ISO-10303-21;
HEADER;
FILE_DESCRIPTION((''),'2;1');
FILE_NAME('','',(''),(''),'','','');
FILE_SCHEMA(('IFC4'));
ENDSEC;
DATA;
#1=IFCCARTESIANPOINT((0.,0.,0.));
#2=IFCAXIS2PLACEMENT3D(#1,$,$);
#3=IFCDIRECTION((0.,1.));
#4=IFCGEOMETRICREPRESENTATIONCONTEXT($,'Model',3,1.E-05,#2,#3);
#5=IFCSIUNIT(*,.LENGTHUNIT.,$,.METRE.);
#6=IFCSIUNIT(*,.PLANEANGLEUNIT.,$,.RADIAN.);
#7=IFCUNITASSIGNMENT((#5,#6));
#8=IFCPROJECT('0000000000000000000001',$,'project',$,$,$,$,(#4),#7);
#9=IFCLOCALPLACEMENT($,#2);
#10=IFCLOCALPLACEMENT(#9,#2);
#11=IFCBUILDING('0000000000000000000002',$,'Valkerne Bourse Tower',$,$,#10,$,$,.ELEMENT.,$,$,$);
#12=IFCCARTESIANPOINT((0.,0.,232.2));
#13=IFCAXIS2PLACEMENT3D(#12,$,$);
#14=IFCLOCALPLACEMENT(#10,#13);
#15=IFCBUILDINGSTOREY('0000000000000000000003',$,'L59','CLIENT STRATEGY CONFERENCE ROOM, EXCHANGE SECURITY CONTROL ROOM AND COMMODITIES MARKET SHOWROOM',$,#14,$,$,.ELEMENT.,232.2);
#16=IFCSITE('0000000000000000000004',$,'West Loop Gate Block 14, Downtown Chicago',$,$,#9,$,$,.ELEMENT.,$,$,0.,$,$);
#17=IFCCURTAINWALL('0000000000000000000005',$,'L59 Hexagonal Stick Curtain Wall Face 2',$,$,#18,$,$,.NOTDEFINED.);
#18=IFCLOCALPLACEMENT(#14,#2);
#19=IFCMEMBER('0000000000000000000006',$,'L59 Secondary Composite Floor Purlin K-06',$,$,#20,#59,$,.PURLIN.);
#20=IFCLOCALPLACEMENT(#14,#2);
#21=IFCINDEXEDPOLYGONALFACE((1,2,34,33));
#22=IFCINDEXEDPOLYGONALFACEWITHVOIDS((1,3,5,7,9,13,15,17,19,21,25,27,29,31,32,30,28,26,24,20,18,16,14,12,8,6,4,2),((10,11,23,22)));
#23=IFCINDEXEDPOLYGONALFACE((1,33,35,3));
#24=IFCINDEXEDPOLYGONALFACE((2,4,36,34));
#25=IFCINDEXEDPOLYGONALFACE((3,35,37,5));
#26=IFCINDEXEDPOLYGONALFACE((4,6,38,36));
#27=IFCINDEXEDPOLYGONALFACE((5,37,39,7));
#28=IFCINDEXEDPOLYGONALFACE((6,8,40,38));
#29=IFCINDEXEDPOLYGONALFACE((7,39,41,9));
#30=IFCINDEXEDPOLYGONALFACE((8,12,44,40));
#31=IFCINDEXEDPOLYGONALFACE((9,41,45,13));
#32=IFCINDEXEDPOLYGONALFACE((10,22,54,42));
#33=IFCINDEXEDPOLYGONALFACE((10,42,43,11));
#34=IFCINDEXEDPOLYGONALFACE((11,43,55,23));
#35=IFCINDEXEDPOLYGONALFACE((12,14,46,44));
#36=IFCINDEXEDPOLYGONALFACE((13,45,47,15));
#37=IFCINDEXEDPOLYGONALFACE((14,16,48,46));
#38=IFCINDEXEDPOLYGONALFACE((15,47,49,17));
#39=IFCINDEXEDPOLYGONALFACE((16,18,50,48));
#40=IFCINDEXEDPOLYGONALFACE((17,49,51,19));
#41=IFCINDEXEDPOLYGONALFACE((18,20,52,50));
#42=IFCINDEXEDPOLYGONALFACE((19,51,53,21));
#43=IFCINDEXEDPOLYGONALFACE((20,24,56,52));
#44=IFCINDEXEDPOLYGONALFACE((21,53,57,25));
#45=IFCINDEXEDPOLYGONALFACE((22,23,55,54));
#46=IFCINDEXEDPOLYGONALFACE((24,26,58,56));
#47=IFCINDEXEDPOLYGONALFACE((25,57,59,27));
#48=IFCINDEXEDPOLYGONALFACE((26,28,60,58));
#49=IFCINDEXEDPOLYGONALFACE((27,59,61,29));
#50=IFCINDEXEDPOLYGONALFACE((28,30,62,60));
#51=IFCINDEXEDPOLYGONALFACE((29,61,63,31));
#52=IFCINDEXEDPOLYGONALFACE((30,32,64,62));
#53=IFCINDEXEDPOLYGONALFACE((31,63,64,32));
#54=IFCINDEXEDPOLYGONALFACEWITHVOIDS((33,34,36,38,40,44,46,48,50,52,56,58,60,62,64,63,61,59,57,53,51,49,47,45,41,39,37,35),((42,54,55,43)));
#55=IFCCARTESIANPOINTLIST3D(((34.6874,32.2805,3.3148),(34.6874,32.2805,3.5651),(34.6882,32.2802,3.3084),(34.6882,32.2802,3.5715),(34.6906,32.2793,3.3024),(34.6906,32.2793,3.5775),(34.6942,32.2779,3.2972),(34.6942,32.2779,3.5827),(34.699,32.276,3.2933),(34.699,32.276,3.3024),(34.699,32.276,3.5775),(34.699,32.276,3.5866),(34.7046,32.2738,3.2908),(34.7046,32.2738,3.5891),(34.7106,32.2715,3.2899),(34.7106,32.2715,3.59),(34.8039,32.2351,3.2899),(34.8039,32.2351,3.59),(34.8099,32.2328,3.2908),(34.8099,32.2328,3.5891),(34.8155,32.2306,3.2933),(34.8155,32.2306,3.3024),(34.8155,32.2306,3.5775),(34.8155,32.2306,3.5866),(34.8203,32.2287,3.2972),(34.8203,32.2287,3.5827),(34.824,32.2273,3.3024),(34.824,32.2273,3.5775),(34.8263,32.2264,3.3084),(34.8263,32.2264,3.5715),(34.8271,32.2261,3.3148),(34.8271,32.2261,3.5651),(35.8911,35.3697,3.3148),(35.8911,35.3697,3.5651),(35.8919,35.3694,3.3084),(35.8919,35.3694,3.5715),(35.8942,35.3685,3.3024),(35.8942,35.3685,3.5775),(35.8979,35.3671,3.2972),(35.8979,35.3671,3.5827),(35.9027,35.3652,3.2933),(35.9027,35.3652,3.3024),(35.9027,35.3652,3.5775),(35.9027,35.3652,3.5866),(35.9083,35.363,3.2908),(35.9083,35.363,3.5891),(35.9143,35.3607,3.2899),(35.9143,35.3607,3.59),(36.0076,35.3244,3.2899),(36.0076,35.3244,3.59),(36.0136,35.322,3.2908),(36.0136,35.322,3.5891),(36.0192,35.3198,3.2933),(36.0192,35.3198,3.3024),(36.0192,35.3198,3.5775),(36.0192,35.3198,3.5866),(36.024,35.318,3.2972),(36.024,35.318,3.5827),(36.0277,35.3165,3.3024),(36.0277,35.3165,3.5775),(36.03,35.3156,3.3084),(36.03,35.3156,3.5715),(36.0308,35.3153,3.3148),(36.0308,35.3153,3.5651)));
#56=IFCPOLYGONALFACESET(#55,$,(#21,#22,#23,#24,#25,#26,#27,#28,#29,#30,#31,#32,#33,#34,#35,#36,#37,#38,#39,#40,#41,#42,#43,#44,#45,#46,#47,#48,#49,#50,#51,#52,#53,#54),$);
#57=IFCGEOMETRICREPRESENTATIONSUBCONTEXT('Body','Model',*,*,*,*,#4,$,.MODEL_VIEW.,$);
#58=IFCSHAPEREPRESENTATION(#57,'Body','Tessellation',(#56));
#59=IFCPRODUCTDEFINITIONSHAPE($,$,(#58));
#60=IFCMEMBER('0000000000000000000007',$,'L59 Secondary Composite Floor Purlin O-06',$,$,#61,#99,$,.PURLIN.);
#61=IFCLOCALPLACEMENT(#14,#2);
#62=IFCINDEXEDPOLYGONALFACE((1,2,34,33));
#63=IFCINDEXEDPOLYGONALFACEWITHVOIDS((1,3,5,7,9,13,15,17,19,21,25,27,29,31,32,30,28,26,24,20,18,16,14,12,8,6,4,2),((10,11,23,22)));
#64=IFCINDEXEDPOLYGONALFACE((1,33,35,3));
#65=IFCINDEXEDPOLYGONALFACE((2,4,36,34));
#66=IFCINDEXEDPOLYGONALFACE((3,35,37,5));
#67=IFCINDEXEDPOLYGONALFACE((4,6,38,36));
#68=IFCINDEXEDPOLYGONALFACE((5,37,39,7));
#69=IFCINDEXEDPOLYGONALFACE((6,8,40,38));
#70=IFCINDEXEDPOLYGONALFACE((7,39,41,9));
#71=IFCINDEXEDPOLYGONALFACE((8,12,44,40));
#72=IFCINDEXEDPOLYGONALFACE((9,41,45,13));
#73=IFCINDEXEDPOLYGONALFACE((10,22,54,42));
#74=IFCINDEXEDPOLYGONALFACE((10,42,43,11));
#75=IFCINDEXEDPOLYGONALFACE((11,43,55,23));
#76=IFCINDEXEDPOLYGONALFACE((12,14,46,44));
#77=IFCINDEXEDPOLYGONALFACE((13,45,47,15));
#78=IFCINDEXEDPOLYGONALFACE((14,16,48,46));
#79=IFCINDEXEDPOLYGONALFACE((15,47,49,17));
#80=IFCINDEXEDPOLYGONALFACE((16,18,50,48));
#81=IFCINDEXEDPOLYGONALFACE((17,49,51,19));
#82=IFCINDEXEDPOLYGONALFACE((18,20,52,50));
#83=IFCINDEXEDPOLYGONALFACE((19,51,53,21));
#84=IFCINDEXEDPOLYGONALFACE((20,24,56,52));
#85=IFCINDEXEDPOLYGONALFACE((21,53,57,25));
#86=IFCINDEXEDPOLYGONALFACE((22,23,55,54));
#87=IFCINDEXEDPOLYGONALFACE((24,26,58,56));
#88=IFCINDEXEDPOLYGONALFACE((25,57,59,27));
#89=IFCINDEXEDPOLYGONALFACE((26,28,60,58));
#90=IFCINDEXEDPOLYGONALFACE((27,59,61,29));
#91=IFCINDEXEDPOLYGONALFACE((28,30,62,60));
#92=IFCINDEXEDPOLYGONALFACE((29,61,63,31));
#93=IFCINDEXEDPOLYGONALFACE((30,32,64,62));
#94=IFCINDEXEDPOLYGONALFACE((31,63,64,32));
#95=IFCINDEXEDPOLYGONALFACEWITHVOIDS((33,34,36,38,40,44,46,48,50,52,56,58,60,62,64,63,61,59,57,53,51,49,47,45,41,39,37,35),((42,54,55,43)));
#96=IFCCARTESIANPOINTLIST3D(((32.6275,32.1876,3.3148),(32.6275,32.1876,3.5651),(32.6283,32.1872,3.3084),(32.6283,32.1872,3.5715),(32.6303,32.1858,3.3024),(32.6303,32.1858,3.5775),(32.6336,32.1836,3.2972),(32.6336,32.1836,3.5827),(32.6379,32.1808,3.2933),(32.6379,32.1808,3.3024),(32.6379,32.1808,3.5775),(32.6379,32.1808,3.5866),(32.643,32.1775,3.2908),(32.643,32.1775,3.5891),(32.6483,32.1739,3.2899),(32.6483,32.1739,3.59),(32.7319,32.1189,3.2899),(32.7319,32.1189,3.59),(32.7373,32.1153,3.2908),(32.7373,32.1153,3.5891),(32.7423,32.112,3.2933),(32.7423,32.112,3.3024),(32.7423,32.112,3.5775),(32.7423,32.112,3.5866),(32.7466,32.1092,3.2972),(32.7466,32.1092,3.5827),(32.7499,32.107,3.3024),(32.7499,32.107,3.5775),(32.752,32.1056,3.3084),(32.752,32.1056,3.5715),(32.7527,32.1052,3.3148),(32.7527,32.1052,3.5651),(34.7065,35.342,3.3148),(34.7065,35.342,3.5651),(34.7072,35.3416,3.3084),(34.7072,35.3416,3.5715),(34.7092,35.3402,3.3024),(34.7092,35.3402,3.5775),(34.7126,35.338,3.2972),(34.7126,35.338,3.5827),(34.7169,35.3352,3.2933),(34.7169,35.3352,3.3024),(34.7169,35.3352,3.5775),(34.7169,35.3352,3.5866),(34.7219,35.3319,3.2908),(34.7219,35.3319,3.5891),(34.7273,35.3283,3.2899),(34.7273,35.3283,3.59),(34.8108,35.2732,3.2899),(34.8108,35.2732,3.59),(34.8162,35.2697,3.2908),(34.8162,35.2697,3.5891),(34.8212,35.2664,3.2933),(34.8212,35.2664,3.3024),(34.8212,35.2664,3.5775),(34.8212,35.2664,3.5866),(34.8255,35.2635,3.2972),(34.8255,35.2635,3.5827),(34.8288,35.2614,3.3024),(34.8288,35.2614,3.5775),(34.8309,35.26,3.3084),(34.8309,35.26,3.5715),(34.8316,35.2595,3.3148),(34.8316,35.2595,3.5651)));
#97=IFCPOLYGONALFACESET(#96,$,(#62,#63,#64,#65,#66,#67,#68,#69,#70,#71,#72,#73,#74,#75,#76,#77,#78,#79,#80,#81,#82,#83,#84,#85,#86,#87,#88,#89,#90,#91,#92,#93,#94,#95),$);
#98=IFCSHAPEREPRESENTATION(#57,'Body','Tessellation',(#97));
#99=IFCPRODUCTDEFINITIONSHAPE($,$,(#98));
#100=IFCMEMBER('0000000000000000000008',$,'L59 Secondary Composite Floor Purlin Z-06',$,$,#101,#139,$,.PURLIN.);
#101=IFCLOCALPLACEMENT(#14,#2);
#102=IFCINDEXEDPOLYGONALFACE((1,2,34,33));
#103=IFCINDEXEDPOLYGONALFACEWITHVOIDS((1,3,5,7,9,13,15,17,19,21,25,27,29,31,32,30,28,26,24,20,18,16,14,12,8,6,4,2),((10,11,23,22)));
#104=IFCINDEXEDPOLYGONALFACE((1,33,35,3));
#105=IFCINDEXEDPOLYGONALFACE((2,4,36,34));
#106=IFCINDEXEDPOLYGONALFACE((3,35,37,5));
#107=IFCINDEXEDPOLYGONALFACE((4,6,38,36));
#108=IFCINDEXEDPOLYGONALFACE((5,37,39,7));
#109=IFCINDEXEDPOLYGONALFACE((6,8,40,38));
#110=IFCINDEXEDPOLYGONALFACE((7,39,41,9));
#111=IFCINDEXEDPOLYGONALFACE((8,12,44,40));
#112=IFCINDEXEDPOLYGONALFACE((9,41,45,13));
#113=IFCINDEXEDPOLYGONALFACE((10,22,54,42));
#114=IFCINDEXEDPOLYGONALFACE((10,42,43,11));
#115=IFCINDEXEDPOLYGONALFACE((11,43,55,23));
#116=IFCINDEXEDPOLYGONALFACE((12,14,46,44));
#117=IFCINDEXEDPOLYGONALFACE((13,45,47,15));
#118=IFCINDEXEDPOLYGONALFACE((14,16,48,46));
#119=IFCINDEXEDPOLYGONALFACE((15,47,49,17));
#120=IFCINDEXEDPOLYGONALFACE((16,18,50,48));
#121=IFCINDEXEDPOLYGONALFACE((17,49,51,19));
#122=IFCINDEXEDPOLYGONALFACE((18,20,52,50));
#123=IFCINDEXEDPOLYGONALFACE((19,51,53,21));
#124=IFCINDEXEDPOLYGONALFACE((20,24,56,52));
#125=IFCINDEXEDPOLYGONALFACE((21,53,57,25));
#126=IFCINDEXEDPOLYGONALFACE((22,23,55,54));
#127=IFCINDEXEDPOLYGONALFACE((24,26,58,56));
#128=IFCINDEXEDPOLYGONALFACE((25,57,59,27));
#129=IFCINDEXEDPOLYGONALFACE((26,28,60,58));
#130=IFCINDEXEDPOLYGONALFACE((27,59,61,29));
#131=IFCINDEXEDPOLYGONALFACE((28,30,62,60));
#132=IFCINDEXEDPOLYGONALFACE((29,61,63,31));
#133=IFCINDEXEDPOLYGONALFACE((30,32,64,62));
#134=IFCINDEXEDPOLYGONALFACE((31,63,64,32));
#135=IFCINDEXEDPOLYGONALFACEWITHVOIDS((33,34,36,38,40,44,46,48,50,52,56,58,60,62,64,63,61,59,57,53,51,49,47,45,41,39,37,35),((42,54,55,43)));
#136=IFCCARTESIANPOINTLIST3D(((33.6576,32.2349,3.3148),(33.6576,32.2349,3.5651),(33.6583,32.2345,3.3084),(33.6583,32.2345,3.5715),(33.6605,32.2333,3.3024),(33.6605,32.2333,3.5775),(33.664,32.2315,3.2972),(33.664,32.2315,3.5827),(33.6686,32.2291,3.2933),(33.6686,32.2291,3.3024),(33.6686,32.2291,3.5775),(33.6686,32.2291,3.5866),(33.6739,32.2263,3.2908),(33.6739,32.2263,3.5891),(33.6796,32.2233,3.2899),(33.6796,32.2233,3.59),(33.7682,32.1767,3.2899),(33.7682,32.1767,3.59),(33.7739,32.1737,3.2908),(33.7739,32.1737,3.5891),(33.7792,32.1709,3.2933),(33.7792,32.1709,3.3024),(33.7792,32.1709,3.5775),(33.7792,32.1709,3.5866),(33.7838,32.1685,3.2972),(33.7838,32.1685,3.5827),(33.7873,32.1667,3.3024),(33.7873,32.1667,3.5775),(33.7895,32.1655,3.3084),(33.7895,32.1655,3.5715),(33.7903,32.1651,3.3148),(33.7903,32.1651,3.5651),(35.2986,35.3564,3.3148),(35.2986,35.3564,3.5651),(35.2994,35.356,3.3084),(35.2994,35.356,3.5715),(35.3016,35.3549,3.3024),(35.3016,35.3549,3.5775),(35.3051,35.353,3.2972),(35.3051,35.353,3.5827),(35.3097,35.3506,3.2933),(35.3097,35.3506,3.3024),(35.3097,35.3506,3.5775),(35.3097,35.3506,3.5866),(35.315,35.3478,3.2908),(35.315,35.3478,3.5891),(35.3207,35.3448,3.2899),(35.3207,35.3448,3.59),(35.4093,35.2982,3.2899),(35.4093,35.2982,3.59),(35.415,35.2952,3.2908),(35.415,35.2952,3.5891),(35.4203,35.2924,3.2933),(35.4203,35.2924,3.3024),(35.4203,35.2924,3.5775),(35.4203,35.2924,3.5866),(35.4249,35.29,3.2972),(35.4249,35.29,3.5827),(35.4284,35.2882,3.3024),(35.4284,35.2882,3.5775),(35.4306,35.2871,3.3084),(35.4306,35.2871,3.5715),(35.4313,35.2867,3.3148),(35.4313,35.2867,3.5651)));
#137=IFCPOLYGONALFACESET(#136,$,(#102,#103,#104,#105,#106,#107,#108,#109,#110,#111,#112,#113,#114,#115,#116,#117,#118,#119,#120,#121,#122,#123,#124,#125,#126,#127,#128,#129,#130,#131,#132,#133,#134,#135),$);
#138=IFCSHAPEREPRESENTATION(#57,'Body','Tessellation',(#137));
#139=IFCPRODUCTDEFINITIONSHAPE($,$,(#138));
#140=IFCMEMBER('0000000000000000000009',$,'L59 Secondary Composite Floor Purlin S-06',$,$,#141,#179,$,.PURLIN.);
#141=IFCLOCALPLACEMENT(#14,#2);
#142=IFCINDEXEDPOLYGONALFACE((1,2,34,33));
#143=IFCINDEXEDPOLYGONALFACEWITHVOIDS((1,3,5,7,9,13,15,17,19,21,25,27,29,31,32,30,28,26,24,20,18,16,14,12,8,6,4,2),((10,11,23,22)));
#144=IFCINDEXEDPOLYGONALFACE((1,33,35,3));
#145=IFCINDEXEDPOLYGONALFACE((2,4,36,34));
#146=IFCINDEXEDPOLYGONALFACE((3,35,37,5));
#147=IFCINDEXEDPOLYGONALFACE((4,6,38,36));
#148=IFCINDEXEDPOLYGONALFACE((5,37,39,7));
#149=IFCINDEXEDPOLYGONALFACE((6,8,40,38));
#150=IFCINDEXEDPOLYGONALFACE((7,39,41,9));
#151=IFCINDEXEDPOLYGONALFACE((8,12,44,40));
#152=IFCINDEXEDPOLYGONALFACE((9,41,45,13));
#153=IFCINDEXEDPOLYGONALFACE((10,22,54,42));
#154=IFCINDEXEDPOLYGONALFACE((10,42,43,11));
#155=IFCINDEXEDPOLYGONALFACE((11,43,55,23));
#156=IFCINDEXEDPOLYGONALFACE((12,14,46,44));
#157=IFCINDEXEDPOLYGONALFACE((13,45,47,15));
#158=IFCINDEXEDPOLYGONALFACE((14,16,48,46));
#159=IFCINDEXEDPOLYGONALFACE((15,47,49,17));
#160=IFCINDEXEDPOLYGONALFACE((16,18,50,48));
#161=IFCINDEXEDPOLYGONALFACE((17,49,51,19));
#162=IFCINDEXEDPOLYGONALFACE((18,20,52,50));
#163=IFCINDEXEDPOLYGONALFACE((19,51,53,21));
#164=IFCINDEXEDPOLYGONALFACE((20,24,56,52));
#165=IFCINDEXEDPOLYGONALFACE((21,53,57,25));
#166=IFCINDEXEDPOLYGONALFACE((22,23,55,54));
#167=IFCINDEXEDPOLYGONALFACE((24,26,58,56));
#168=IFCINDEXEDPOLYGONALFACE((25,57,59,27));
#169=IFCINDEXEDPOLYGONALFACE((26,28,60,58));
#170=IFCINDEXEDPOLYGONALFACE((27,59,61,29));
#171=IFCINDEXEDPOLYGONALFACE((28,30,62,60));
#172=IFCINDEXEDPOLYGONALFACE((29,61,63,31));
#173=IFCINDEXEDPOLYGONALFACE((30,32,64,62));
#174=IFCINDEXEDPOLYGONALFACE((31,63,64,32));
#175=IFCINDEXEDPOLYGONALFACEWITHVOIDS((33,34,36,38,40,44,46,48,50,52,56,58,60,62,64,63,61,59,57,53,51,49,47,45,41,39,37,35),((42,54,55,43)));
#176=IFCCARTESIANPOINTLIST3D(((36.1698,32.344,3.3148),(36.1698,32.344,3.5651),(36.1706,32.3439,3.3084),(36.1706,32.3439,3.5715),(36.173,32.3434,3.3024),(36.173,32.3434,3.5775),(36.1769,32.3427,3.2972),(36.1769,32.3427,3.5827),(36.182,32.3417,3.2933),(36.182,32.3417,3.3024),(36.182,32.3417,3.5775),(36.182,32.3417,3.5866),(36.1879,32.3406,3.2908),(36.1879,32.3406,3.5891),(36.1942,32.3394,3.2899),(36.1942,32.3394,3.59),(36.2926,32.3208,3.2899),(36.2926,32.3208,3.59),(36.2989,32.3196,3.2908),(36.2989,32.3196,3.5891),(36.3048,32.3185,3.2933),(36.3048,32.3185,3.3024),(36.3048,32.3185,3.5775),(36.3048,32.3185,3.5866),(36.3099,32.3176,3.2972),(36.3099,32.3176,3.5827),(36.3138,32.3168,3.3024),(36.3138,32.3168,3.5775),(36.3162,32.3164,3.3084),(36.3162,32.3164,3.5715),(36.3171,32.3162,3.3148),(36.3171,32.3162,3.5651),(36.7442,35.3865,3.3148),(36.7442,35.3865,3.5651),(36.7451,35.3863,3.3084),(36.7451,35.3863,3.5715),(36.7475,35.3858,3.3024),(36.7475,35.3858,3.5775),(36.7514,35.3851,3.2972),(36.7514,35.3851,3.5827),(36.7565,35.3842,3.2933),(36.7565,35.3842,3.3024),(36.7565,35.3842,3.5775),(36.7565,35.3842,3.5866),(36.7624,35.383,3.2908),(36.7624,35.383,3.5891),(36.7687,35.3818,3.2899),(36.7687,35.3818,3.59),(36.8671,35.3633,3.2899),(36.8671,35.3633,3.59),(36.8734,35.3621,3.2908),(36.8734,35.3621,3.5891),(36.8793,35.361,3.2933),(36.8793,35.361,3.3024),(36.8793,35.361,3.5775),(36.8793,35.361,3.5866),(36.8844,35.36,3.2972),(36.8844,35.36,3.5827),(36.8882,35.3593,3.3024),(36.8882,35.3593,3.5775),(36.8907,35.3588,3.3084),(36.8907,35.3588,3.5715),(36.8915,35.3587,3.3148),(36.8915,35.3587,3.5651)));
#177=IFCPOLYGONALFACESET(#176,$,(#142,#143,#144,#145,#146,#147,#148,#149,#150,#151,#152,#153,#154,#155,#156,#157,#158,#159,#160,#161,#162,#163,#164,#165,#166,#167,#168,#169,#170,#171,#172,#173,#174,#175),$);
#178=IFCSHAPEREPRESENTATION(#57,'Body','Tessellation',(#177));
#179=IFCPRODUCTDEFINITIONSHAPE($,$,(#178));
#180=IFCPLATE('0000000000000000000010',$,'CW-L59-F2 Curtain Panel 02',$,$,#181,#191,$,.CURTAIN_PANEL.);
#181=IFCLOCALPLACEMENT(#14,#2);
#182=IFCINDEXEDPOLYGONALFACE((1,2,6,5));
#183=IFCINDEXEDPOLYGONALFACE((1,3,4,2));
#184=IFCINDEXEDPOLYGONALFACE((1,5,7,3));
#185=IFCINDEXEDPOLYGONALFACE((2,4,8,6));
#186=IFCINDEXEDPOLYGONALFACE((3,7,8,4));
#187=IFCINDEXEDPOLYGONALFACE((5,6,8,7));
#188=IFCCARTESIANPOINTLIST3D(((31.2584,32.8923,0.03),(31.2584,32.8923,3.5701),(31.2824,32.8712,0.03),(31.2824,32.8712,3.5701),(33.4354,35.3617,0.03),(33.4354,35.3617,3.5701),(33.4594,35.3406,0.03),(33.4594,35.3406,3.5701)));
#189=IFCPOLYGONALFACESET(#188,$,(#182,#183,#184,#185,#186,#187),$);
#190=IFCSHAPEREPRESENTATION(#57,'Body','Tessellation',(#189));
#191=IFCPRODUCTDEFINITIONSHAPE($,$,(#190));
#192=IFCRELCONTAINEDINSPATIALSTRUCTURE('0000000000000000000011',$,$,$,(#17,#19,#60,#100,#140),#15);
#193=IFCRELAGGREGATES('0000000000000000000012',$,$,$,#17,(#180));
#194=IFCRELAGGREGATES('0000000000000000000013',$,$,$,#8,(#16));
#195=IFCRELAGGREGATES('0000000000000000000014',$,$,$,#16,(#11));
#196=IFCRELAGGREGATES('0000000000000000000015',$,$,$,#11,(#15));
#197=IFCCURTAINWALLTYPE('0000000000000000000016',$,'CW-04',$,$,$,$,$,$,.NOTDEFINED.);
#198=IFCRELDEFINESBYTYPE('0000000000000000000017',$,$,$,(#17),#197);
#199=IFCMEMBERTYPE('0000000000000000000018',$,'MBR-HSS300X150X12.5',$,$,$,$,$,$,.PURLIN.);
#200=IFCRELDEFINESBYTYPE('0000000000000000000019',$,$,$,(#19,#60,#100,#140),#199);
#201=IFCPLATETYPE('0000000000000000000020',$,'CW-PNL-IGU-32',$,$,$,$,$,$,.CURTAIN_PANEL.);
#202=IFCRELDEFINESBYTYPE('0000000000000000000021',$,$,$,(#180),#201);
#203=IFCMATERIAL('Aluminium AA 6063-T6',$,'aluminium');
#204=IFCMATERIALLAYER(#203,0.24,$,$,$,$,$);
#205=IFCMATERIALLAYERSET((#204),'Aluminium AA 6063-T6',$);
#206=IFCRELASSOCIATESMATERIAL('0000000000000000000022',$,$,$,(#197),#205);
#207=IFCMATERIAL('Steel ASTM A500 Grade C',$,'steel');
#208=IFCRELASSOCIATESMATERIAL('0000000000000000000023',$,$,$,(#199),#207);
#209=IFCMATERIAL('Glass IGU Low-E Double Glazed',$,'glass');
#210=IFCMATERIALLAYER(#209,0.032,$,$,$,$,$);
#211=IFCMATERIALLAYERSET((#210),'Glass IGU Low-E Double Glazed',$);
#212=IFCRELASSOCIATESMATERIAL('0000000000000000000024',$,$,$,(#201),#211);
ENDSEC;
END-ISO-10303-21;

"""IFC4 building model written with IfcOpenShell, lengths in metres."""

from ifc_helpers import new_model, si_unit, direction, frame, origin, origin_2d, place, context, subcontext, project, spatial, rectangle, hollow_rectangle, extrude, material, layer, layer_set, material_profile, profile_set, type_object, element, aggregate, save


model = new_model("IFC4")

# Units and contexts
model_context = context("Model", 3, precision=1e-05, world=origin(), true_north=direction((0.0, 1.0)))
body_context = subcontext(model_context, "Body", "Model", "MODEL_VIEW")
ifc_project = project(units=[si_unit("LENGTHUNIT", "METRE"), si_unit("PLANEANGLEUNIT", "RADIAN")], contexts=[model_context])

# Site, building, storey
site_placement = place(None, origin())
site = spatial("IfcSite", under=ifc_project, at=site_placement, Name="West Loop Gate Block 14, Downtown Chicago", CompositionType="ELEMENT", RefElevation=0.0)
building_placement = place(site_placement, origin())
building = spatial("IfcBuilding", under=site, at=building_placement, Name="Valkerne Bourse Tower", CompositionType="ELEMENT")
storey_placement = place(building_placement, frame((0.0, 0.0, 232.2)))
storey = spatial("IfcBuildingStorey", under=building, at=storey_placement, Name="L59", Description="CLIENT STRATEGY CONFERENCE ROOM, EXCHANGE SECURITY CONTROL ROOM AND COMMODITIES MARKET SHOWROOM", CompositionType="ELEMENT", Elevation=232.2)

# Curtain wall
ifc_material_1 = material(Name="Aluminium AA 6063-T6", Category="aluminium")
ifc_layer_1 = layer(ifc_material_1, 0.24)
ifc_layer_set_1 = layer_set([ifc_layer_1], Name="Aluminium AA 6063-T6")
curtain_wall_type = type_object("IfcCurtainWallType", Name="CW-04", PredefinedType="NOTDEFINED", material=ifc_layer_set_1)
curtain_wall_placement = place(storey_placement, origin())
curtain_wall = element("IfcCurtainWall", 1, at=curtain_wall_placement, inside=storey, type_object=curtain_wall_type, Name="L59 Hexagonal Stick Curtain Wall Face 2", PredefinedType="NOTDEFINED")

# Members
ifc_material_2 = material(Name="Steel ASTM A500 Grade C", Category="steel")
ifc_material_profile_1 = material_profile(ifc_material_2, hollow_rectangle(XDim=0.1499, YDim=0.3, WallThickness=0.0125, OuterFilletRadius=0.0249, at=origin_2d()), Name="HSS300X150X12.5")
ifc_profile_set_1 = profile_set([ifc_material_profile_1], Name="Steel ASTM A500 Grade C")
member_type_1 = type_object("IfcMemberType", Name="MBR-HSS300X150X12.5", PredefinedType="PURLIN", material=ifc_profile_set_1)
member_1_placement = place(storey_placement, frame((35.9609, 35.3425, 3.4399), z_axis=(-0.363047, -0.931771, 0.0), x_axis=(0.931771, -0.363047, 0.0)))
element("IfcMember", 2, at=member_1_placement, inside=storey, type_object=member_type_1, Name="L59 Secondary Composite Floor Purlin K-06", PredefinedType="PURLIN", context=body_context, shape_type="SweptSolid", body=[
    extrude(hollow_rectangle(XDim=0.1499, YDim=0.3, WallThickness=0.0125, OuterFilletRadius=0.0249, at=origin_2d()), origin(), (0.0, 0.0, 1.0), 3.3154),
])
member_2_placement = place(storey_placement, frame((34.769, 35.3008, 3.4399), z_axis=(-0.550293, -0.834972, 0.0), x_axis=(0.834972, -0.550293, 0.0)))
element("IfcMember", 3, at=member_2_placement, inside=storey, type_object=member_type_1, Name="L59 Secondary Composite Floor Purlin O-06", PredefinedType="PURLIN", context=body_context, shape_type="SweptSolid", body=[
    extrude(hollow_rectangle(XDim=0.1499, YDim=0.3, WallThickness=0.0125, OuterFilletRadius=0.0249, at=origin_2d()), origin(), (0.0, 0.0, 1.0), 3.7778),
])
member_3_placement = place(storey_placement, frame((35.365, 35.3215, 3.4399), z_axis=(-0.465341, -0.885131, 0.0), x_axis=(0.885131, -0.465341, 0.0)))
element("IfcMember", 4, at=member_3_placement, inside=storey, type_object=member_type_1, Name="L59 Secondary Composite Floor Purlin Z-06", PredefinedType="PURLIN", context=body_context, shape_type="SweptSolid", body=[
    extrude(hollow_rectangle(XDim=0.1499, YDim=0.3, WallThickness=0.0125, OuterFilletRadius=0.0249, at=origin_2d()), origin(), (0.0, 0.0, 1.0), 3.5266),
])
member_4_placement = place(storey_placement, frame((36.8179, 35.3726, 3.4399), z_axis=(-0.185536, -0.982638, 0.0), x_axis=(0.982638, -0.185536, 0.0)))
element("IfcMember", 5, at=member_4_placement, inside=storey, type_object=member_type_1, Name="L59 Secondary Composite Floor Purlin S-06", PredefinedType="PURLIN", context=body_context, shape_type="SweptSolid", body=[
    extrude(hollow_rectangle(XDim=0.1499, YDim=0.3, WallThickness=0.0125, OuterFilletRadius=0.0249, at=origin_2d()), origin(), (0.0, 0.0, 1.0), 3.0962),
])

# Plate
ifc_material_3 = material(Name="Glass IGU Low-E Double Glazed", Category="glass")
ifc_layer_2 = layer(ifc_material_3, 0.032)
ifc_layer_set_2 = layer_set([ifc_layer_2], Name="Glass IGU Low-E Double Glazed")
plate_type = type_object("IfcPlateType", Name="CW-PNL-IGU-32", PredefinedType="CURTAIN_PANEL", material=ifc_layer_set_2)
plate_placement = place(storey_placement, frame((32.3589, 34.1165, 0.03), z_axis=(0.0, 0.0, 1.0), x_axis=(-0.661302, -0.75012, 0.0)))
plate = element("IfcPlate", 6, at=plate_placement, type_object=plate_type, Name="CW-L59-F2 Curtain Panel 02", PredefinedType="CURTAIN_PANEL", context=body_context, shape_type="SweptSolid", body=[
    extrude(rectangle(XDim=3.292, YDim=0.032, at=origin_2d()), origin(), (0.0, 0.0, 1.0), 3.54),
])
aggregate(curtain_wall, [plate])

save(model, "model.ifc")
